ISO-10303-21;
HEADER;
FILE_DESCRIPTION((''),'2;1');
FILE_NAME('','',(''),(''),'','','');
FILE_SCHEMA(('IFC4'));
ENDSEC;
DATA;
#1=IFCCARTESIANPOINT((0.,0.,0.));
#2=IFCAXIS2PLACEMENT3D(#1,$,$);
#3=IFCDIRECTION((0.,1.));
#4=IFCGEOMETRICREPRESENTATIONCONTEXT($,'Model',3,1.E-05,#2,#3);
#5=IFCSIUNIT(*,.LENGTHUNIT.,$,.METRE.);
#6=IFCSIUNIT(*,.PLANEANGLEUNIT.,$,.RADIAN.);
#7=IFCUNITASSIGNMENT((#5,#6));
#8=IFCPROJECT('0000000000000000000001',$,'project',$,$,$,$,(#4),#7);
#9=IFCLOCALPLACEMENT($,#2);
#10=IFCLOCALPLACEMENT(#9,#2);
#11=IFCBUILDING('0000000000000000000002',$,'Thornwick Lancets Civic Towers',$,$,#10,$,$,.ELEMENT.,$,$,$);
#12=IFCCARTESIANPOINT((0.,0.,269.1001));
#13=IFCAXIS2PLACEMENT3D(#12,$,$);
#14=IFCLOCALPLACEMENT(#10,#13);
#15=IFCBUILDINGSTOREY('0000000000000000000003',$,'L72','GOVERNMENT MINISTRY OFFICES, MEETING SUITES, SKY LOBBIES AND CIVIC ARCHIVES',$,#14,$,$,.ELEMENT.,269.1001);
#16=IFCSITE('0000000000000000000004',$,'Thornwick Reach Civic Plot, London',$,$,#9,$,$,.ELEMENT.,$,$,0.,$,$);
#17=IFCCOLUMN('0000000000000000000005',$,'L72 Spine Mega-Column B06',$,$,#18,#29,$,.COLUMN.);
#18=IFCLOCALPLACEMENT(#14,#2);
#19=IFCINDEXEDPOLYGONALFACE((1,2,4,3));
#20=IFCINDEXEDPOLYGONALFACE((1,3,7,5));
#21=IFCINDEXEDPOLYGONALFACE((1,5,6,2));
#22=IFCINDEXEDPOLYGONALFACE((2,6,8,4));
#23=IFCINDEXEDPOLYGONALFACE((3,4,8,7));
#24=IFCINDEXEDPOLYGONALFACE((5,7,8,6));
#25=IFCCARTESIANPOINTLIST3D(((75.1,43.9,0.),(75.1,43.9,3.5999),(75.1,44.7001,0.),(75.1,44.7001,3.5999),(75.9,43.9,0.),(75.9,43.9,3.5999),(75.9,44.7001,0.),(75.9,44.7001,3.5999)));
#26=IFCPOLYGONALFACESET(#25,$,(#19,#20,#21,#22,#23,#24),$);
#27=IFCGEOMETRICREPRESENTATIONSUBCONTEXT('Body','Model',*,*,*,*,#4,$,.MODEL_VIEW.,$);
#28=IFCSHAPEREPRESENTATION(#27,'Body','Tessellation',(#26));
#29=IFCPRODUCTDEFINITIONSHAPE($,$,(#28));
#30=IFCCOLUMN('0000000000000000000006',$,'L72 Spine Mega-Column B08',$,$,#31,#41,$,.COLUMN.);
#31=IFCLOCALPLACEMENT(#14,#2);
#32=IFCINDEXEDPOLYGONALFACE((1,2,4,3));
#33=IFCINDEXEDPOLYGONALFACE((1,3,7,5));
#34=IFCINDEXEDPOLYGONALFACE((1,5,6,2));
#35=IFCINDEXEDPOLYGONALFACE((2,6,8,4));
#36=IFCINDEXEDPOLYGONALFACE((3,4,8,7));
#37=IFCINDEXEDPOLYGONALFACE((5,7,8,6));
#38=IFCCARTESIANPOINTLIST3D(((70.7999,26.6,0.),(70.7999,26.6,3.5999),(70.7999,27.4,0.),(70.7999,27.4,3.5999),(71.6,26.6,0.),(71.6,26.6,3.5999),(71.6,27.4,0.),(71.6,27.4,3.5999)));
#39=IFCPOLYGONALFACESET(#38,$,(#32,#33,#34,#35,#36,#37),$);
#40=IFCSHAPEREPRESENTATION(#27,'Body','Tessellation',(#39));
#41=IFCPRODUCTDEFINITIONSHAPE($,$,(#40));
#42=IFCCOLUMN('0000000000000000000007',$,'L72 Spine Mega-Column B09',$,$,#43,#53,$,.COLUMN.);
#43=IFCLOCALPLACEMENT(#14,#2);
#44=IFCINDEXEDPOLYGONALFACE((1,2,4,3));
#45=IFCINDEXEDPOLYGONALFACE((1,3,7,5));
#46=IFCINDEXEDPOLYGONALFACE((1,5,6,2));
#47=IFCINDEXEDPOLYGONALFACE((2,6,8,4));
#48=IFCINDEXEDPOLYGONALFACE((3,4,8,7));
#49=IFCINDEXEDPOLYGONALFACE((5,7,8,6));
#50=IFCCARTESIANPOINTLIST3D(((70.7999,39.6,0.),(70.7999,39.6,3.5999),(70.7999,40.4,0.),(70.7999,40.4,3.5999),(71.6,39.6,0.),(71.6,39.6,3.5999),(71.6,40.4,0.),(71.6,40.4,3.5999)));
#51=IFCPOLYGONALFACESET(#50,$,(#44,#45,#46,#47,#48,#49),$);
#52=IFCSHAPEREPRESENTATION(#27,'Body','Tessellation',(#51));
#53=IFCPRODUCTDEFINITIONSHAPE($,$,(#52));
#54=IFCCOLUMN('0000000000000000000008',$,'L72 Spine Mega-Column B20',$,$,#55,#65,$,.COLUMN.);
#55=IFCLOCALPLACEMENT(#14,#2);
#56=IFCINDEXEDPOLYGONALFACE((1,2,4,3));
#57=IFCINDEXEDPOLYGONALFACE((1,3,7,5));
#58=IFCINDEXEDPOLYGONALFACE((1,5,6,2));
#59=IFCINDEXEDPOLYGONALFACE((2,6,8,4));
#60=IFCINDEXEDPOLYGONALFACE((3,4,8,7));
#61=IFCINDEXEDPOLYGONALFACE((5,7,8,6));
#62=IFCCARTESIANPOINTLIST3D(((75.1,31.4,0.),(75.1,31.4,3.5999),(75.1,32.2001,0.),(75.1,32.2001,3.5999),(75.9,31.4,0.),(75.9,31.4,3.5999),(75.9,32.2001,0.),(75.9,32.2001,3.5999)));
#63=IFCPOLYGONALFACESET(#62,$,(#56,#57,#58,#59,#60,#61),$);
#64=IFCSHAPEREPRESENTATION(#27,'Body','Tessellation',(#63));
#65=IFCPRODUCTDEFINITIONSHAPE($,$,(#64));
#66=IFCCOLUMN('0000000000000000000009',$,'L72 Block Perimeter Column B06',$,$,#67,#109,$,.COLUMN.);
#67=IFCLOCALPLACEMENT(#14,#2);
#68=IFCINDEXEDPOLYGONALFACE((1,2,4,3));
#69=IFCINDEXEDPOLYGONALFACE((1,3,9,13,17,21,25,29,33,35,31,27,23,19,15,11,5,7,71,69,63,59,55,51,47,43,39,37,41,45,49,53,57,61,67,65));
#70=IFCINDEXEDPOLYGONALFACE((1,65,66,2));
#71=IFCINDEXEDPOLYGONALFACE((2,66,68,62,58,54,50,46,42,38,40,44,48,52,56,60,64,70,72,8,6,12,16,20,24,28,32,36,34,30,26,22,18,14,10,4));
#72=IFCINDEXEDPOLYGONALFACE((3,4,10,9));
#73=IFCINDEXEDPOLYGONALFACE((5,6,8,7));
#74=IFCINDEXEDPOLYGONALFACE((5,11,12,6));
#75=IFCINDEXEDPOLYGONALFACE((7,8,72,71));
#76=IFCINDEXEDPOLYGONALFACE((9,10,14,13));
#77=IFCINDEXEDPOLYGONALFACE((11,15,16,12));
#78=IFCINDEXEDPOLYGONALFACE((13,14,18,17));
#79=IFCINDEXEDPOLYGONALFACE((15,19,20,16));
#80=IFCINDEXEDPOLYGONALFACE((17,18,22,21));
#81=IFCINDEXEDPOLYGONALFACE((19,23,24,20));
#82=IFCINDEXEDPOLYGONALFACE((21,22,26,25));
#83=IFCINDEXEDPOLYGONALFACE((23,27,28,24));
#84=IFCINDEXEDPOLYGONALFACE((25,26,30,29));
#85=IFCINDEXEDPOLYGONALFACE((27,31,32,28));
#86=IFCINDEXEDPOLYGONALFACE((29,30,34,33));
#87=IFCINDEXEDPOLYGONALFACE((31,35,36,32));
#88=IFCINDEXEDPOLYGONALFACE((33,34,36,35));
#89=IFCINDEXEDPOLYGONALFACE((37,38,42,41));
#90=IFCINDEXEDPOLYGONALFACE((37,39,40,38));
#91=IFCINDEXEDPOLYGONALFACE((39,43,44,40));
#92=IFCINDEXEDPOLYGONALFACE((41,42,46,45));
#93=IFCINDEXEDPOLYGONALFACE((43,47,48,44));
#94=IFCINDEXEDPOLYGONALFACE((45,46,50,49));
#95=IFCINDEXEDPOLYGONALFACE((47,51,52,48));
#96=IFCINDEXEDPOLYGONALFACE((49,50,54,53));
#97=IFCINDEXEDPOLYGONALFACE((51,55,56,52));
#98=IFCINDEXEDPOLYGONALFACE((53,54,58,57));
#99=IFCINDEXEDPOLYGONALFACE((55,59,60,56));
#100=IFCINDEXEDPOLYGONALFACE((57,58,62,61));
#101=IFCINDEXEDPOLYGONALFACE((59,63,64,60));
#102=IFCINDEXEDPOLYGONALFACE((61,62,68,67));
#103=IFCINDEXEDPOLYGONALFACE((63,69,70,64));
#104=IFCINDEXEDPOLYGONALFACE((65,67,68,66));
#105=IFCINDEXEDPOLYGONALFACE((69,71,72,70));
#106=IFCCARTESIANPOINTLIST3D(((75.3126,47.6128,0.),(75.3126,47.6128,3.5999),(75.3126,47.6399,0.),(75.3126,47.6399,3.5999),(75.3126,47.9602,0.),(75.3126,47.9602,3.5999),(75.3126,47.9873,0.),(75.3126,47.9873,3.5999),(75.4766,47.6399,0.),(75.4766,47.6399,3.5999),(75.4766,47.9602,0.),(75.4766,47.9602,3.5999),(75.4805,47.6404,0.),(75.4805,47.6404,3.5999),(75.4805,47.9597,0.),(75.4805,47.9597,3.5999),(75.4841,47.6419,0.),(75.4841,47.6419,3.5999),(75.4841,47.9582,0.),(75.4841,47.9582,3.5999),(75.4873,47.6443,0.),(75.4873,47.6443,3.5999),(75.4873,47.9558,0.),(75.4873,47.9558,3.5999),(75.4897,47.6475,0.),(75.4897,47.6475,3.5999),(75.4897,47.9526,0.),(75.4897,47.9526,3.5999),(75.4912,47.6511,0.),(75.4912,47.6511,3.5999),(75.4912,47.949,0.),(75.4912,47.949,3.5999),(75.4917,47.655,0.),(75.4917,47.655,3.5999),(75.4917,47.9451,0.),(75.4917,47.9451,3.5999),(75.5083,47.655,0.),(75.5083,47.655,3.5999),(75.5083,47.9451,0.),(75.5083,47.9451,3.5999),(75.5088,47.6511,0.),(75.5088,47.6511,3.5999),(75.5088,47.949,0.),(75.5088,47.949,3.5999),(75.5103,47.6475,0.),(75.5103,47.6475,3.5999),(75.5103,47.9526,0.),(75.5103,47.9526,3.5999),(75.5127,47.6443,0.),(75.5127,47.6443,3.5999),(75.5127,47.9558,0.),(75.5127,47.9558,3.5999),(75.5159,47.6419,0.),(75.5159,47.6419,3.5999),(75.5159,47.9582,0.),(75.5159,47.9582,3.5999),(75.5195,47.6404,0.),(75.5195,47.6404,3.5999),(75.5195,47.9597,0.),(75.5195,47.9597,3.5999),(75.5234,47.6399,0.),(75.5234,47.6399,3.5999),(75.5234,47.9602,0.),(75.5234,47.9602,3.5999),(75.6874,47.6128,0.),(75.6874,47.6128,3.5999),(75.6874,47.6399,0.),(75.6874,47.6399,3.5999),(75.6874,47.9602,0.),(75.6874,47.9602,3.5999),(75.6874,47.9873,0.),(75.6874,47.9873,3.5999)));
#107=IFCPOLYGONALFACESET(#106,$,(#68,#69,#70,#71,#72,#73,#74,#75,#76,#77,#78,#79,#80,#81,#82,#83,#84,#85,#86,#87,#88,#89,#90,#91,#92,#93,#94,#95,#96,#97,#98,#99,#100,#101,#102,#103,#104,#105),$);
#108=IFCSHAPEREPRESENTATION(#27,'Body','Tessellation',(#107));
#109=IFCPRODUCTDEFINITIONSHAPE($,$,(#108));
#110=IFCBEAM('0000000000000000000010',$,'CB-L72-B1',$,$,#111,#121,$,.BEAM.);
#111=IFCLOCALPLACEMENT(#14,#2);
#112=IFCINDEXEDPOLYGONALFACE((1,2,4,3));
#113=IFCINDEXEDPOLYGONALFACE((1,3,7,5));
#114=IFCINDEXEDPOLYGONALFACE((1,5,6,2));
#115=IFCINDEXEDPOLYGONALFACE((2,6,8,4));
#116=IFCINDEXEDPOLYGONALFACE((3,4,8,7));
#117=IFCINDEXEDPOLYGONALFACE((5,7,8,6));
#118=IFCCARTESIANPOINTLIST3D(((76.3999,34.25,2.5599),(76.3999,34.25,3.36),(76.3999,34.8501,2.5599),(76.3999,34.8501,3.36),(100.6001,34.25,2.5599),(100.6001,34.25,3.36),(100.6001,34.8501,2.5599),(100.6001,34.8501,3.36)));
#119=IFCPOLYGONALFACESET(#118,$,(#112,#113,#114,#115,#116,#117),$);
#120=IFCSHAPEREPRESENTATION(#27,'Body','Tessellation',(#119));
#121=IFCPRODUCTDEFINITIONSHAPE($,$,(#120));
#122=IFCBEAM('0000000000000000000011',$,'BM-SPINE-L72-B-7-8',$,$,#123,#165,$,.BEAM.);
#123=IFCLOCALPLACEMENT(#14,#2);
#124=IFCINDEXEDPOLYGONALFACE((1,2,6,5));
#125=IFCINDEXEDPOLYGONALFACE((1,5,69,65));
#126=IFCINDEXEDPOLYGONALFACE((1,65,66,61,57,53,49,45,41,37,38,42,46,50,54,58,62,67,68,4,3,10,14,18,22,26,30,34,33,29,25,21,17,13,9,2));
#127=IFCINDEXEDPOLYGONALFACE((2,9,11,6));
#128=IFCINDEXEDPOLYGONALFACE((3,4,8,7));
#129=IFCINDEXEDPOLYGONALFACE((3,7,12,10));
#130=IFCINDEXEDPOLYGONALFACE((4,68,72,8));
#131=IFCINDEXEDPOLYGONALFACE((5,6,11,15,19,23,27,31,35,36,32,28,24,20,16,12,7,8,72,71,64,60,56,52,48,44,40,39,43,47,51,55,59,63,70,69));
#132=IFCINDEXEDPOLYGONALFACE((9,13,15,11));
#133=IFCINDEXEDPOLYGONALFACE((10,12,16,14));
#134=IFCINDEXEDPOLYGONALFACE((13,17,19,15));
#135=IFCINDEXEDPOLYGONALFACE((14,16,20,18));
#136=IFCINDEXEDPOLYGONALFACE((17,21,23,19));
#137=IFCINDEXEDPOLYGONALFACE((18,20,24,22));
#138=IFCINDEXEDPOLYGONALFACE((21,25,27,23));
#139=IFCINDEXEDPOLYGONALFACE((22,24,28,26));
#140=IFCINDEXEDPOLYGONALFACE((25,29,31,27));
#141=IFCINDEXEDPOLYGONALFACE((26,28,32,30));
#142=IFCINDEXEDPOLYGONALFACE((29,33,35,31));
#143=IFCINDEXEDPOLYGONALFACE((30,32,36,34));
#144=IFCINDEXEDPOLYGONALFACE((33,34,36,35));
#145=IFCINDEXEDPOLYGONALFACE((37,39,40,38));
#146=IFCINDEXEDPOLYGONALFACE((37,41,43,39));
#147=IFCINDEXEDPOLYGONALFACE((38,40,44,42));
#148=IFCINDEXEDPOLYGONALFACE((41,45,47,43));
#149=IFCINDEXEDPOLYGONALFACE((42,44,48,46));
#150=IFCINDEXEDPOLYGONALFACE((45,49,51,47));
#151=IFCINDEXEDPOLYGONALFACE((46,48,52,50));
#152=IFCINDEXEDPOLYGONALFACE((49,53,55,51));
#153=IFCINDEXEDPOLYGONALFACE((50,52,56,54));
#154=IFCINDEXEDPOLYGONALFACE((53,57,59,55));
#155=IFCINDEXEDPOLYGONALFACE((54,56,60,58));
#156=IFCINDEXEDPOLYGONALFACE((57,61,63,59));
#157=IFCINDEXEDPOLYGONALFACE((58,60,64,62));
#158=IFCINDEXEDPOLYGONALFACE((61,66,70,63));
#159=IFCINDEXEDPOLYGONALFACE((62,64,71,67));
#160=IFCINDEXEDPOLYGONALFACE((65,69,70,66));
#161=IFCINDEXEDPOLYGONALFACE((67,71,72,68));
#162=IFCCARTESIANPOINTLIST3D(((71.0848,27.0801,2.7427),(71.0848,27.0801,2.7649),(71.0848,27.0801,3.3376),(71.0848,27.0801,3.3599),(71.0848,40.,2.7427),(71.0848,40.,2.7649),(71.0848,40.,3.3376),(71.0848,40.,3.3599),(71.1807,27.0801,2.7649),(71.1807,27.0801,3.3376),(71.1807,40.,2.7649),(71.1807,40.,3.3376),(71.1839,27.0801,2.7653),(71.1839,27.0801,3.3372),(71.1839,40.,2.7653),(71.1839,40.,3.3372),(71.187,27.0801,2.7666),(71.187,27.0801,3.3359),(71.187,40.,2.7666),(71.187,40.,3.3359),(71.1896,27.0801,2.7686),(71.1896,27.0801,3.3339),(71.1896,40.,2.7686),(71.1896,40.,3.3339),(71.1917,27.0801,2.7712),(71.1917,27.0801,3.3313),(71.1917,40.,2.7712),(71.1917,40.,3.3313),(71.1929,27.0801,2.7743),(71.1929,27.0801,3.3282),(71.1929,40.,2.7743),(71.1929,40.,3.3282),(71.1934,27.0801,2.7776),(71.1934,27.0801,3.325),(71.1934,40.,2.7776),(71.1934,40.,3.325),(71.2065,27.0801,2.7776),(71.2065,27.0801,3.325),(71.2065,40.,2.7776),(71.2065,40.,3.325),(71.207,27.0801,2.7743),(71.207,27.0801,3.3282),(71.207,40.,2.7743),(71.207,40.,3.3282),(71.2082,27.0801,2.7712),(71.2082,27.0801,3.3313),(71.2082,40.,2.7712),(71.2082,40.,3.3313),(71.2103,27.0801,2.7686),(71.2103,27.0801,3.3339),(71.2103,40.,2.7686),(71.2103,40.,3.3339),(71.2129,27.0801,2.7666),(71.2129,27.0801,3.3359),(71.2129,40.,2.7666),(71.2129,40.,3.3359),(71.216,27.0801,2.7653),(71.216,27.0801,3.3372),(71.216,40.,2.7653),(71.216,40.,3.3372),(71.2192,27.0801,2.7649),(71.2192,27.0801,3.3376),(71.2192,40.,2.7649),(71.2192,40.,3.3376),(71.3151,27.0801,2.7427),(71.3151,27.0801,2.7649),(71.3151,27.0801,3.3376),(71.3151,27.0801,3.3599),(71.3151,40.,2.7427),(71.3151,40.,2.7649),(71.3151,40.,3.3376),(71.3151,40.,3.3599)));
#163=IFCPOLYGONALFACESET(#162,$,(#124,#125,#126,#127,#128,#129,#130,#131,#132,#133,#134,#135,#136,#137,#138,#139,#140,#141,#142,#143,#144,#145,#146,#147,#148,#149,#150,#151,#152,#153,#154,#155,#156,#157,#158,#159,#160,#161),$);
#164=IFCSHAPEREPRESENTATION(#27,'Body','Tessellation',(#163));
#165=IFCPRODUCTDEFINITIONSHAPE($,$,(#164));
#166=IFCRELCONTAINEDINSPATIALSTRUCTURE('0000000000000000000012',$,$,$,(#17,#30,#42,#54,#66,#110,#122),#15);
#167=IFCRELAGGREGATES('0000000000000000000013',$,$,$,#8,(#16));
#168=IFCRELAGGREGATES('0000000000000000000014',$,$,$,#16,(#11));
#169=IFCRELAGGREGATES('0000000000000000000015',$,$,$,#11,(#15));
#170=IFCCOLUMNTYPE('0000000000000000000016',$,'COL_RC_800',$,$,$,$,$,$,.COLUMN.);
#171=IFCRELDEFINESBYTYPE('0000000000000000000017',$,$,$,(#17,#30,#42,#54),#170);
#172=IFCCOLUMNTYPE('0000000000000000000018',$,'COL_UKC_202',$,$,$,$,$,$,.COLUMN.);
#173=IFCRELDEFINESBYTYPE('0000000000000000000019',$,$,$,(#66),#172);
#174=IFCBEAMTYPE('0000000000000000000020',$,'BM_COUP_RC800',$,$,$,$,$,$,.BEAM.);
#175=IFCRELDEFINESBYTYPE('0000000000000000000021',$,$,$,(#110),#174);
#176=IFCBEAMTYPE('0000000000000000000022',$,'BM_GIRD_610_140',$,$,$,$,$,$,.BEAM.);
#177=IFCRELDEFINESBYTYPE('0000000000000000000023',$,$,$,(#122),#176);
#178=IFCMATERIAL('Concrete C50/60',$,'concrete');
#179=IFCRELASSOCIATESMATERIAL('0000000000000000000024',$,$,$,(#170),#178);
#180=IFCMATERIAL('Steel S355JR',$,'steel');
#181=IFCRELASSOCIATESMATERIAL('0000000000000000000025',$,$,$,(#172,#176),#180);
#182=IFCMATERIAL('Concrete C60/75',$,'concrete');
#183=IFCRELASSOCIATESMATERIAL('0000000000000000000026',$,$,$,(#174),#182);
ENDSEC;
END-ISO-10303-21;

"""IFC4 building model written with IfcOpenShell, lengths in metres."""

from ifc_helpers import new_model, si_unit, direction, frame, origin, origin_2d, place, context, subcontext, project, spatial, rectangle, i_section, extrude, material, material_profile, profile_set, type_object, element, save


model = new_model("IFC4")

# Units and contexts
model_context = context("Model", 3, precision=1e-05, world=origin(), true_north=direction((0.0, 1.0)))
body_context = subcontext(model_context, "Body", "Model", "MODEL_VIEW")
ifc_project = project(units=[si_unit("LENGTHUNIT", "METRE"), si_unit("PLANEANGLEUNIT", "RADIAN")], contexts=[model_context])

# Site, building, storey
site_placement = place(None, origin())
site = spatial("IfcSite", under=ifc_project, at=site_placement, Name="Thornwick Reach Civic Plot, London", CompositionType="ELEMENT", RefElevation=0.0)
building_placement = place(site_placement, origin())
building = spatial("IfcBuilding", under=site, at=building_placement, Name="Thornwick Lancets Civic Towers", CompositionType="ELEMENT")
storey_placement = place(building_placement, frame((0.0, 0.0, 269.1001)))
storey = spatial("IfcBuildingStorey", under=building, at=storey_placement, Name="L72", Description="GOVERNMENT MINISTRY OFFICES, MEETING SUITES, SKY LOBBIES AND CIVIC ARCHIVES", CompositionType="ELEMENT", Elevation=269.1001)

# Columns
ifc_material_1 = material(Name="Concrete C50/60", Category="concrete")
ifc_material_profile_1 = material_profile(ifc_material_1, rectangle(XDim=0.8, YDim=0.8, at=origin_2d()), Name="RC 800x800")
ifc_profile_set_1 = profile_set([ifc_material_profile_1], Name="Concrete C50/60")
column_type_1 = type_object("IfcColumnType", Name="COL_RC_800", PredefinedType="COLUMN", material=ifc_profile_set_1)
for number, where, z_axis, x_axis, name in (
    (1, (75.5, 44.3, 0.0), (0.0, 0.0, 1.0), (1.0, 0.0, 0.0), "L72 Spine Mega-Column B06"),
    (2, (71.2, 27.0, 0.0), (0.0, 0.0, 1.0), (1.0, 0.0, 0.0), "L72 Spine Mega-Column B08"),
    (3, (71.2, 40.0, 0.0), (0.0, 0.0, 1.0), (1.0, 0.0, 0.0), "L72 Spine Mega-Column B09"),
    (4, (75.5, 31.8, 0.0), (0.0, 0.0, 1.0), (1.0, 0.0, 0.0), "L72 Spine Mega-Column B20"),
):
    element("IfcColumn", number, at=place(storey_placement, frame(where, z_axis=z_axis, x_axis=x_axis)), inside=storey, type_object=column_type_1, Name=name, PredefinedType="COLUMN", context=body_context, shape_type="SweptSolid", body=[
        extrude(rectangle(XDim=0.8, YDim=0.8, at=origin_2d()), origin(), (0.0, 0.0, 1.0), 3.5999),
    ])
ifc_material_2 = material(Name="Steel S355JR", Category="steel")
ifc_material_profile_2 = material_profile(ifc_material_2, i_section(OverallWidth=0.3748, OverallDepth=0.3745, WebThickness=0.0166, FlangeThickness=0.0271, FilletRadius=0.0151, at=origin_2d()), Name="UKC 356x368x202")
ifc_profile_set_2 = profile_set([ifc_material_profile_2], Name="Steel S355JR")
column_type_2 = type_object("IfcColumnType", Name="COL_UKC_202", PredefinedType="COLUMN", material=ifc_profile_set_2)
column_placement = place(storey_placement, frame((75.5, 47.8, 0.0), z_axis=(0.0, 0.0, 1.0), x_axis=(1.0, 0.0, 0.0)))
element("IfcColumn", 5, at=column_placement, inside=storey, type_object=column_type_2, Name="L72 Block Perimeter Column B06", PredefinedType="COLUMN", context=body_context, shape_type="SweptSolid", body=[
    extrude(i_section(OverallWidth=0.3748, OverallDepth=0.3745, WebThickness=0.0166, FlangeThickness=0.0271, FilletRadius=0.0151, at=origin_2d()), origin(), (0.0, 0.0, 1.0), 3.5999),
])

# Beams
ifc_material_3 = material(Name="Concrete C60/75", Category="concrete")
ifc_material_profile_3 = material_profile(ifc_material_3, rectangle(XDim=0.6001, YDim=0.8, at=origin_2d()), Name="RC 600x800")
ifc_profile_set_3 = profile_set([ifc_material_profile_3], Name="Concrete C60/75")
beam_type_1 = type_object("IfcBeamType", Name="BM_COUP_RC800", PredefinedType="BEAM", material=ifc_profile_set_3)
beam_1_placement = place(storey_placement, frame((76.3999, 34.55, 2.96), z_axis=(1.0, 0.0, 0.0), x_axis=(0.0, 1.0, 0.0)))
element("IfcBeam", 6, at=beam_1_placement, inside=storey, type_object=beam_type_1, Name="CB-L72-B1", PredefinedType="BEAM", context=body_context, shape_type="SweptSolid", body=[
    extrude(rectangle(XDim=0.6001, YDim=0.8, at=origin_2d()), origin(), (0.0, 0.0, 1.0), 24.2002),
])
ifc_material_profile_4 = material_profile(ifc_material_2, i_section(OverallWidth=0.2302, OverallDepth=0.6172, WebThickness=0.0132, FlangeThickness=0.0222, FilletRadius=0.0127, at=origin_2d()), Name="UKB 610x229x140")
ifc_profile_set_4 = profile_set([ifc_material_profile_4], Name="Steel S355JR")
beam_type_2 = type_object("IfcBeamType", Name="BM_GIRD_610_140", PredefinedType="BEAM", material=ifc_profile_set_4)
beam_2_placement = place(storey_placement, frame((71.2, 27.0801, 3.0513), z_axis=(0.0, 1.0, 0.0), x_axis=(-1.0, 0.0, 0.0)))
element("IfcBeam", 7, at=beam_2_placement, inside=storey, type_object=beam_type_2, Name="BM-SPINE-L72-B-7-8", PredefinedType="BEAM", context=body_context, shape_type="SweptSolid", body=[
    extrude(i_section(OverallWidth=0.2302, OverallDepth=0.6172, WebThickness=0.0132, FlangeThickness=0.0222, FilletRadius=0.0127, at=origin_2d()), origin(), (0.0, 0.0, 1.0), 12.9199),
])

save(model, "model.ifc")
